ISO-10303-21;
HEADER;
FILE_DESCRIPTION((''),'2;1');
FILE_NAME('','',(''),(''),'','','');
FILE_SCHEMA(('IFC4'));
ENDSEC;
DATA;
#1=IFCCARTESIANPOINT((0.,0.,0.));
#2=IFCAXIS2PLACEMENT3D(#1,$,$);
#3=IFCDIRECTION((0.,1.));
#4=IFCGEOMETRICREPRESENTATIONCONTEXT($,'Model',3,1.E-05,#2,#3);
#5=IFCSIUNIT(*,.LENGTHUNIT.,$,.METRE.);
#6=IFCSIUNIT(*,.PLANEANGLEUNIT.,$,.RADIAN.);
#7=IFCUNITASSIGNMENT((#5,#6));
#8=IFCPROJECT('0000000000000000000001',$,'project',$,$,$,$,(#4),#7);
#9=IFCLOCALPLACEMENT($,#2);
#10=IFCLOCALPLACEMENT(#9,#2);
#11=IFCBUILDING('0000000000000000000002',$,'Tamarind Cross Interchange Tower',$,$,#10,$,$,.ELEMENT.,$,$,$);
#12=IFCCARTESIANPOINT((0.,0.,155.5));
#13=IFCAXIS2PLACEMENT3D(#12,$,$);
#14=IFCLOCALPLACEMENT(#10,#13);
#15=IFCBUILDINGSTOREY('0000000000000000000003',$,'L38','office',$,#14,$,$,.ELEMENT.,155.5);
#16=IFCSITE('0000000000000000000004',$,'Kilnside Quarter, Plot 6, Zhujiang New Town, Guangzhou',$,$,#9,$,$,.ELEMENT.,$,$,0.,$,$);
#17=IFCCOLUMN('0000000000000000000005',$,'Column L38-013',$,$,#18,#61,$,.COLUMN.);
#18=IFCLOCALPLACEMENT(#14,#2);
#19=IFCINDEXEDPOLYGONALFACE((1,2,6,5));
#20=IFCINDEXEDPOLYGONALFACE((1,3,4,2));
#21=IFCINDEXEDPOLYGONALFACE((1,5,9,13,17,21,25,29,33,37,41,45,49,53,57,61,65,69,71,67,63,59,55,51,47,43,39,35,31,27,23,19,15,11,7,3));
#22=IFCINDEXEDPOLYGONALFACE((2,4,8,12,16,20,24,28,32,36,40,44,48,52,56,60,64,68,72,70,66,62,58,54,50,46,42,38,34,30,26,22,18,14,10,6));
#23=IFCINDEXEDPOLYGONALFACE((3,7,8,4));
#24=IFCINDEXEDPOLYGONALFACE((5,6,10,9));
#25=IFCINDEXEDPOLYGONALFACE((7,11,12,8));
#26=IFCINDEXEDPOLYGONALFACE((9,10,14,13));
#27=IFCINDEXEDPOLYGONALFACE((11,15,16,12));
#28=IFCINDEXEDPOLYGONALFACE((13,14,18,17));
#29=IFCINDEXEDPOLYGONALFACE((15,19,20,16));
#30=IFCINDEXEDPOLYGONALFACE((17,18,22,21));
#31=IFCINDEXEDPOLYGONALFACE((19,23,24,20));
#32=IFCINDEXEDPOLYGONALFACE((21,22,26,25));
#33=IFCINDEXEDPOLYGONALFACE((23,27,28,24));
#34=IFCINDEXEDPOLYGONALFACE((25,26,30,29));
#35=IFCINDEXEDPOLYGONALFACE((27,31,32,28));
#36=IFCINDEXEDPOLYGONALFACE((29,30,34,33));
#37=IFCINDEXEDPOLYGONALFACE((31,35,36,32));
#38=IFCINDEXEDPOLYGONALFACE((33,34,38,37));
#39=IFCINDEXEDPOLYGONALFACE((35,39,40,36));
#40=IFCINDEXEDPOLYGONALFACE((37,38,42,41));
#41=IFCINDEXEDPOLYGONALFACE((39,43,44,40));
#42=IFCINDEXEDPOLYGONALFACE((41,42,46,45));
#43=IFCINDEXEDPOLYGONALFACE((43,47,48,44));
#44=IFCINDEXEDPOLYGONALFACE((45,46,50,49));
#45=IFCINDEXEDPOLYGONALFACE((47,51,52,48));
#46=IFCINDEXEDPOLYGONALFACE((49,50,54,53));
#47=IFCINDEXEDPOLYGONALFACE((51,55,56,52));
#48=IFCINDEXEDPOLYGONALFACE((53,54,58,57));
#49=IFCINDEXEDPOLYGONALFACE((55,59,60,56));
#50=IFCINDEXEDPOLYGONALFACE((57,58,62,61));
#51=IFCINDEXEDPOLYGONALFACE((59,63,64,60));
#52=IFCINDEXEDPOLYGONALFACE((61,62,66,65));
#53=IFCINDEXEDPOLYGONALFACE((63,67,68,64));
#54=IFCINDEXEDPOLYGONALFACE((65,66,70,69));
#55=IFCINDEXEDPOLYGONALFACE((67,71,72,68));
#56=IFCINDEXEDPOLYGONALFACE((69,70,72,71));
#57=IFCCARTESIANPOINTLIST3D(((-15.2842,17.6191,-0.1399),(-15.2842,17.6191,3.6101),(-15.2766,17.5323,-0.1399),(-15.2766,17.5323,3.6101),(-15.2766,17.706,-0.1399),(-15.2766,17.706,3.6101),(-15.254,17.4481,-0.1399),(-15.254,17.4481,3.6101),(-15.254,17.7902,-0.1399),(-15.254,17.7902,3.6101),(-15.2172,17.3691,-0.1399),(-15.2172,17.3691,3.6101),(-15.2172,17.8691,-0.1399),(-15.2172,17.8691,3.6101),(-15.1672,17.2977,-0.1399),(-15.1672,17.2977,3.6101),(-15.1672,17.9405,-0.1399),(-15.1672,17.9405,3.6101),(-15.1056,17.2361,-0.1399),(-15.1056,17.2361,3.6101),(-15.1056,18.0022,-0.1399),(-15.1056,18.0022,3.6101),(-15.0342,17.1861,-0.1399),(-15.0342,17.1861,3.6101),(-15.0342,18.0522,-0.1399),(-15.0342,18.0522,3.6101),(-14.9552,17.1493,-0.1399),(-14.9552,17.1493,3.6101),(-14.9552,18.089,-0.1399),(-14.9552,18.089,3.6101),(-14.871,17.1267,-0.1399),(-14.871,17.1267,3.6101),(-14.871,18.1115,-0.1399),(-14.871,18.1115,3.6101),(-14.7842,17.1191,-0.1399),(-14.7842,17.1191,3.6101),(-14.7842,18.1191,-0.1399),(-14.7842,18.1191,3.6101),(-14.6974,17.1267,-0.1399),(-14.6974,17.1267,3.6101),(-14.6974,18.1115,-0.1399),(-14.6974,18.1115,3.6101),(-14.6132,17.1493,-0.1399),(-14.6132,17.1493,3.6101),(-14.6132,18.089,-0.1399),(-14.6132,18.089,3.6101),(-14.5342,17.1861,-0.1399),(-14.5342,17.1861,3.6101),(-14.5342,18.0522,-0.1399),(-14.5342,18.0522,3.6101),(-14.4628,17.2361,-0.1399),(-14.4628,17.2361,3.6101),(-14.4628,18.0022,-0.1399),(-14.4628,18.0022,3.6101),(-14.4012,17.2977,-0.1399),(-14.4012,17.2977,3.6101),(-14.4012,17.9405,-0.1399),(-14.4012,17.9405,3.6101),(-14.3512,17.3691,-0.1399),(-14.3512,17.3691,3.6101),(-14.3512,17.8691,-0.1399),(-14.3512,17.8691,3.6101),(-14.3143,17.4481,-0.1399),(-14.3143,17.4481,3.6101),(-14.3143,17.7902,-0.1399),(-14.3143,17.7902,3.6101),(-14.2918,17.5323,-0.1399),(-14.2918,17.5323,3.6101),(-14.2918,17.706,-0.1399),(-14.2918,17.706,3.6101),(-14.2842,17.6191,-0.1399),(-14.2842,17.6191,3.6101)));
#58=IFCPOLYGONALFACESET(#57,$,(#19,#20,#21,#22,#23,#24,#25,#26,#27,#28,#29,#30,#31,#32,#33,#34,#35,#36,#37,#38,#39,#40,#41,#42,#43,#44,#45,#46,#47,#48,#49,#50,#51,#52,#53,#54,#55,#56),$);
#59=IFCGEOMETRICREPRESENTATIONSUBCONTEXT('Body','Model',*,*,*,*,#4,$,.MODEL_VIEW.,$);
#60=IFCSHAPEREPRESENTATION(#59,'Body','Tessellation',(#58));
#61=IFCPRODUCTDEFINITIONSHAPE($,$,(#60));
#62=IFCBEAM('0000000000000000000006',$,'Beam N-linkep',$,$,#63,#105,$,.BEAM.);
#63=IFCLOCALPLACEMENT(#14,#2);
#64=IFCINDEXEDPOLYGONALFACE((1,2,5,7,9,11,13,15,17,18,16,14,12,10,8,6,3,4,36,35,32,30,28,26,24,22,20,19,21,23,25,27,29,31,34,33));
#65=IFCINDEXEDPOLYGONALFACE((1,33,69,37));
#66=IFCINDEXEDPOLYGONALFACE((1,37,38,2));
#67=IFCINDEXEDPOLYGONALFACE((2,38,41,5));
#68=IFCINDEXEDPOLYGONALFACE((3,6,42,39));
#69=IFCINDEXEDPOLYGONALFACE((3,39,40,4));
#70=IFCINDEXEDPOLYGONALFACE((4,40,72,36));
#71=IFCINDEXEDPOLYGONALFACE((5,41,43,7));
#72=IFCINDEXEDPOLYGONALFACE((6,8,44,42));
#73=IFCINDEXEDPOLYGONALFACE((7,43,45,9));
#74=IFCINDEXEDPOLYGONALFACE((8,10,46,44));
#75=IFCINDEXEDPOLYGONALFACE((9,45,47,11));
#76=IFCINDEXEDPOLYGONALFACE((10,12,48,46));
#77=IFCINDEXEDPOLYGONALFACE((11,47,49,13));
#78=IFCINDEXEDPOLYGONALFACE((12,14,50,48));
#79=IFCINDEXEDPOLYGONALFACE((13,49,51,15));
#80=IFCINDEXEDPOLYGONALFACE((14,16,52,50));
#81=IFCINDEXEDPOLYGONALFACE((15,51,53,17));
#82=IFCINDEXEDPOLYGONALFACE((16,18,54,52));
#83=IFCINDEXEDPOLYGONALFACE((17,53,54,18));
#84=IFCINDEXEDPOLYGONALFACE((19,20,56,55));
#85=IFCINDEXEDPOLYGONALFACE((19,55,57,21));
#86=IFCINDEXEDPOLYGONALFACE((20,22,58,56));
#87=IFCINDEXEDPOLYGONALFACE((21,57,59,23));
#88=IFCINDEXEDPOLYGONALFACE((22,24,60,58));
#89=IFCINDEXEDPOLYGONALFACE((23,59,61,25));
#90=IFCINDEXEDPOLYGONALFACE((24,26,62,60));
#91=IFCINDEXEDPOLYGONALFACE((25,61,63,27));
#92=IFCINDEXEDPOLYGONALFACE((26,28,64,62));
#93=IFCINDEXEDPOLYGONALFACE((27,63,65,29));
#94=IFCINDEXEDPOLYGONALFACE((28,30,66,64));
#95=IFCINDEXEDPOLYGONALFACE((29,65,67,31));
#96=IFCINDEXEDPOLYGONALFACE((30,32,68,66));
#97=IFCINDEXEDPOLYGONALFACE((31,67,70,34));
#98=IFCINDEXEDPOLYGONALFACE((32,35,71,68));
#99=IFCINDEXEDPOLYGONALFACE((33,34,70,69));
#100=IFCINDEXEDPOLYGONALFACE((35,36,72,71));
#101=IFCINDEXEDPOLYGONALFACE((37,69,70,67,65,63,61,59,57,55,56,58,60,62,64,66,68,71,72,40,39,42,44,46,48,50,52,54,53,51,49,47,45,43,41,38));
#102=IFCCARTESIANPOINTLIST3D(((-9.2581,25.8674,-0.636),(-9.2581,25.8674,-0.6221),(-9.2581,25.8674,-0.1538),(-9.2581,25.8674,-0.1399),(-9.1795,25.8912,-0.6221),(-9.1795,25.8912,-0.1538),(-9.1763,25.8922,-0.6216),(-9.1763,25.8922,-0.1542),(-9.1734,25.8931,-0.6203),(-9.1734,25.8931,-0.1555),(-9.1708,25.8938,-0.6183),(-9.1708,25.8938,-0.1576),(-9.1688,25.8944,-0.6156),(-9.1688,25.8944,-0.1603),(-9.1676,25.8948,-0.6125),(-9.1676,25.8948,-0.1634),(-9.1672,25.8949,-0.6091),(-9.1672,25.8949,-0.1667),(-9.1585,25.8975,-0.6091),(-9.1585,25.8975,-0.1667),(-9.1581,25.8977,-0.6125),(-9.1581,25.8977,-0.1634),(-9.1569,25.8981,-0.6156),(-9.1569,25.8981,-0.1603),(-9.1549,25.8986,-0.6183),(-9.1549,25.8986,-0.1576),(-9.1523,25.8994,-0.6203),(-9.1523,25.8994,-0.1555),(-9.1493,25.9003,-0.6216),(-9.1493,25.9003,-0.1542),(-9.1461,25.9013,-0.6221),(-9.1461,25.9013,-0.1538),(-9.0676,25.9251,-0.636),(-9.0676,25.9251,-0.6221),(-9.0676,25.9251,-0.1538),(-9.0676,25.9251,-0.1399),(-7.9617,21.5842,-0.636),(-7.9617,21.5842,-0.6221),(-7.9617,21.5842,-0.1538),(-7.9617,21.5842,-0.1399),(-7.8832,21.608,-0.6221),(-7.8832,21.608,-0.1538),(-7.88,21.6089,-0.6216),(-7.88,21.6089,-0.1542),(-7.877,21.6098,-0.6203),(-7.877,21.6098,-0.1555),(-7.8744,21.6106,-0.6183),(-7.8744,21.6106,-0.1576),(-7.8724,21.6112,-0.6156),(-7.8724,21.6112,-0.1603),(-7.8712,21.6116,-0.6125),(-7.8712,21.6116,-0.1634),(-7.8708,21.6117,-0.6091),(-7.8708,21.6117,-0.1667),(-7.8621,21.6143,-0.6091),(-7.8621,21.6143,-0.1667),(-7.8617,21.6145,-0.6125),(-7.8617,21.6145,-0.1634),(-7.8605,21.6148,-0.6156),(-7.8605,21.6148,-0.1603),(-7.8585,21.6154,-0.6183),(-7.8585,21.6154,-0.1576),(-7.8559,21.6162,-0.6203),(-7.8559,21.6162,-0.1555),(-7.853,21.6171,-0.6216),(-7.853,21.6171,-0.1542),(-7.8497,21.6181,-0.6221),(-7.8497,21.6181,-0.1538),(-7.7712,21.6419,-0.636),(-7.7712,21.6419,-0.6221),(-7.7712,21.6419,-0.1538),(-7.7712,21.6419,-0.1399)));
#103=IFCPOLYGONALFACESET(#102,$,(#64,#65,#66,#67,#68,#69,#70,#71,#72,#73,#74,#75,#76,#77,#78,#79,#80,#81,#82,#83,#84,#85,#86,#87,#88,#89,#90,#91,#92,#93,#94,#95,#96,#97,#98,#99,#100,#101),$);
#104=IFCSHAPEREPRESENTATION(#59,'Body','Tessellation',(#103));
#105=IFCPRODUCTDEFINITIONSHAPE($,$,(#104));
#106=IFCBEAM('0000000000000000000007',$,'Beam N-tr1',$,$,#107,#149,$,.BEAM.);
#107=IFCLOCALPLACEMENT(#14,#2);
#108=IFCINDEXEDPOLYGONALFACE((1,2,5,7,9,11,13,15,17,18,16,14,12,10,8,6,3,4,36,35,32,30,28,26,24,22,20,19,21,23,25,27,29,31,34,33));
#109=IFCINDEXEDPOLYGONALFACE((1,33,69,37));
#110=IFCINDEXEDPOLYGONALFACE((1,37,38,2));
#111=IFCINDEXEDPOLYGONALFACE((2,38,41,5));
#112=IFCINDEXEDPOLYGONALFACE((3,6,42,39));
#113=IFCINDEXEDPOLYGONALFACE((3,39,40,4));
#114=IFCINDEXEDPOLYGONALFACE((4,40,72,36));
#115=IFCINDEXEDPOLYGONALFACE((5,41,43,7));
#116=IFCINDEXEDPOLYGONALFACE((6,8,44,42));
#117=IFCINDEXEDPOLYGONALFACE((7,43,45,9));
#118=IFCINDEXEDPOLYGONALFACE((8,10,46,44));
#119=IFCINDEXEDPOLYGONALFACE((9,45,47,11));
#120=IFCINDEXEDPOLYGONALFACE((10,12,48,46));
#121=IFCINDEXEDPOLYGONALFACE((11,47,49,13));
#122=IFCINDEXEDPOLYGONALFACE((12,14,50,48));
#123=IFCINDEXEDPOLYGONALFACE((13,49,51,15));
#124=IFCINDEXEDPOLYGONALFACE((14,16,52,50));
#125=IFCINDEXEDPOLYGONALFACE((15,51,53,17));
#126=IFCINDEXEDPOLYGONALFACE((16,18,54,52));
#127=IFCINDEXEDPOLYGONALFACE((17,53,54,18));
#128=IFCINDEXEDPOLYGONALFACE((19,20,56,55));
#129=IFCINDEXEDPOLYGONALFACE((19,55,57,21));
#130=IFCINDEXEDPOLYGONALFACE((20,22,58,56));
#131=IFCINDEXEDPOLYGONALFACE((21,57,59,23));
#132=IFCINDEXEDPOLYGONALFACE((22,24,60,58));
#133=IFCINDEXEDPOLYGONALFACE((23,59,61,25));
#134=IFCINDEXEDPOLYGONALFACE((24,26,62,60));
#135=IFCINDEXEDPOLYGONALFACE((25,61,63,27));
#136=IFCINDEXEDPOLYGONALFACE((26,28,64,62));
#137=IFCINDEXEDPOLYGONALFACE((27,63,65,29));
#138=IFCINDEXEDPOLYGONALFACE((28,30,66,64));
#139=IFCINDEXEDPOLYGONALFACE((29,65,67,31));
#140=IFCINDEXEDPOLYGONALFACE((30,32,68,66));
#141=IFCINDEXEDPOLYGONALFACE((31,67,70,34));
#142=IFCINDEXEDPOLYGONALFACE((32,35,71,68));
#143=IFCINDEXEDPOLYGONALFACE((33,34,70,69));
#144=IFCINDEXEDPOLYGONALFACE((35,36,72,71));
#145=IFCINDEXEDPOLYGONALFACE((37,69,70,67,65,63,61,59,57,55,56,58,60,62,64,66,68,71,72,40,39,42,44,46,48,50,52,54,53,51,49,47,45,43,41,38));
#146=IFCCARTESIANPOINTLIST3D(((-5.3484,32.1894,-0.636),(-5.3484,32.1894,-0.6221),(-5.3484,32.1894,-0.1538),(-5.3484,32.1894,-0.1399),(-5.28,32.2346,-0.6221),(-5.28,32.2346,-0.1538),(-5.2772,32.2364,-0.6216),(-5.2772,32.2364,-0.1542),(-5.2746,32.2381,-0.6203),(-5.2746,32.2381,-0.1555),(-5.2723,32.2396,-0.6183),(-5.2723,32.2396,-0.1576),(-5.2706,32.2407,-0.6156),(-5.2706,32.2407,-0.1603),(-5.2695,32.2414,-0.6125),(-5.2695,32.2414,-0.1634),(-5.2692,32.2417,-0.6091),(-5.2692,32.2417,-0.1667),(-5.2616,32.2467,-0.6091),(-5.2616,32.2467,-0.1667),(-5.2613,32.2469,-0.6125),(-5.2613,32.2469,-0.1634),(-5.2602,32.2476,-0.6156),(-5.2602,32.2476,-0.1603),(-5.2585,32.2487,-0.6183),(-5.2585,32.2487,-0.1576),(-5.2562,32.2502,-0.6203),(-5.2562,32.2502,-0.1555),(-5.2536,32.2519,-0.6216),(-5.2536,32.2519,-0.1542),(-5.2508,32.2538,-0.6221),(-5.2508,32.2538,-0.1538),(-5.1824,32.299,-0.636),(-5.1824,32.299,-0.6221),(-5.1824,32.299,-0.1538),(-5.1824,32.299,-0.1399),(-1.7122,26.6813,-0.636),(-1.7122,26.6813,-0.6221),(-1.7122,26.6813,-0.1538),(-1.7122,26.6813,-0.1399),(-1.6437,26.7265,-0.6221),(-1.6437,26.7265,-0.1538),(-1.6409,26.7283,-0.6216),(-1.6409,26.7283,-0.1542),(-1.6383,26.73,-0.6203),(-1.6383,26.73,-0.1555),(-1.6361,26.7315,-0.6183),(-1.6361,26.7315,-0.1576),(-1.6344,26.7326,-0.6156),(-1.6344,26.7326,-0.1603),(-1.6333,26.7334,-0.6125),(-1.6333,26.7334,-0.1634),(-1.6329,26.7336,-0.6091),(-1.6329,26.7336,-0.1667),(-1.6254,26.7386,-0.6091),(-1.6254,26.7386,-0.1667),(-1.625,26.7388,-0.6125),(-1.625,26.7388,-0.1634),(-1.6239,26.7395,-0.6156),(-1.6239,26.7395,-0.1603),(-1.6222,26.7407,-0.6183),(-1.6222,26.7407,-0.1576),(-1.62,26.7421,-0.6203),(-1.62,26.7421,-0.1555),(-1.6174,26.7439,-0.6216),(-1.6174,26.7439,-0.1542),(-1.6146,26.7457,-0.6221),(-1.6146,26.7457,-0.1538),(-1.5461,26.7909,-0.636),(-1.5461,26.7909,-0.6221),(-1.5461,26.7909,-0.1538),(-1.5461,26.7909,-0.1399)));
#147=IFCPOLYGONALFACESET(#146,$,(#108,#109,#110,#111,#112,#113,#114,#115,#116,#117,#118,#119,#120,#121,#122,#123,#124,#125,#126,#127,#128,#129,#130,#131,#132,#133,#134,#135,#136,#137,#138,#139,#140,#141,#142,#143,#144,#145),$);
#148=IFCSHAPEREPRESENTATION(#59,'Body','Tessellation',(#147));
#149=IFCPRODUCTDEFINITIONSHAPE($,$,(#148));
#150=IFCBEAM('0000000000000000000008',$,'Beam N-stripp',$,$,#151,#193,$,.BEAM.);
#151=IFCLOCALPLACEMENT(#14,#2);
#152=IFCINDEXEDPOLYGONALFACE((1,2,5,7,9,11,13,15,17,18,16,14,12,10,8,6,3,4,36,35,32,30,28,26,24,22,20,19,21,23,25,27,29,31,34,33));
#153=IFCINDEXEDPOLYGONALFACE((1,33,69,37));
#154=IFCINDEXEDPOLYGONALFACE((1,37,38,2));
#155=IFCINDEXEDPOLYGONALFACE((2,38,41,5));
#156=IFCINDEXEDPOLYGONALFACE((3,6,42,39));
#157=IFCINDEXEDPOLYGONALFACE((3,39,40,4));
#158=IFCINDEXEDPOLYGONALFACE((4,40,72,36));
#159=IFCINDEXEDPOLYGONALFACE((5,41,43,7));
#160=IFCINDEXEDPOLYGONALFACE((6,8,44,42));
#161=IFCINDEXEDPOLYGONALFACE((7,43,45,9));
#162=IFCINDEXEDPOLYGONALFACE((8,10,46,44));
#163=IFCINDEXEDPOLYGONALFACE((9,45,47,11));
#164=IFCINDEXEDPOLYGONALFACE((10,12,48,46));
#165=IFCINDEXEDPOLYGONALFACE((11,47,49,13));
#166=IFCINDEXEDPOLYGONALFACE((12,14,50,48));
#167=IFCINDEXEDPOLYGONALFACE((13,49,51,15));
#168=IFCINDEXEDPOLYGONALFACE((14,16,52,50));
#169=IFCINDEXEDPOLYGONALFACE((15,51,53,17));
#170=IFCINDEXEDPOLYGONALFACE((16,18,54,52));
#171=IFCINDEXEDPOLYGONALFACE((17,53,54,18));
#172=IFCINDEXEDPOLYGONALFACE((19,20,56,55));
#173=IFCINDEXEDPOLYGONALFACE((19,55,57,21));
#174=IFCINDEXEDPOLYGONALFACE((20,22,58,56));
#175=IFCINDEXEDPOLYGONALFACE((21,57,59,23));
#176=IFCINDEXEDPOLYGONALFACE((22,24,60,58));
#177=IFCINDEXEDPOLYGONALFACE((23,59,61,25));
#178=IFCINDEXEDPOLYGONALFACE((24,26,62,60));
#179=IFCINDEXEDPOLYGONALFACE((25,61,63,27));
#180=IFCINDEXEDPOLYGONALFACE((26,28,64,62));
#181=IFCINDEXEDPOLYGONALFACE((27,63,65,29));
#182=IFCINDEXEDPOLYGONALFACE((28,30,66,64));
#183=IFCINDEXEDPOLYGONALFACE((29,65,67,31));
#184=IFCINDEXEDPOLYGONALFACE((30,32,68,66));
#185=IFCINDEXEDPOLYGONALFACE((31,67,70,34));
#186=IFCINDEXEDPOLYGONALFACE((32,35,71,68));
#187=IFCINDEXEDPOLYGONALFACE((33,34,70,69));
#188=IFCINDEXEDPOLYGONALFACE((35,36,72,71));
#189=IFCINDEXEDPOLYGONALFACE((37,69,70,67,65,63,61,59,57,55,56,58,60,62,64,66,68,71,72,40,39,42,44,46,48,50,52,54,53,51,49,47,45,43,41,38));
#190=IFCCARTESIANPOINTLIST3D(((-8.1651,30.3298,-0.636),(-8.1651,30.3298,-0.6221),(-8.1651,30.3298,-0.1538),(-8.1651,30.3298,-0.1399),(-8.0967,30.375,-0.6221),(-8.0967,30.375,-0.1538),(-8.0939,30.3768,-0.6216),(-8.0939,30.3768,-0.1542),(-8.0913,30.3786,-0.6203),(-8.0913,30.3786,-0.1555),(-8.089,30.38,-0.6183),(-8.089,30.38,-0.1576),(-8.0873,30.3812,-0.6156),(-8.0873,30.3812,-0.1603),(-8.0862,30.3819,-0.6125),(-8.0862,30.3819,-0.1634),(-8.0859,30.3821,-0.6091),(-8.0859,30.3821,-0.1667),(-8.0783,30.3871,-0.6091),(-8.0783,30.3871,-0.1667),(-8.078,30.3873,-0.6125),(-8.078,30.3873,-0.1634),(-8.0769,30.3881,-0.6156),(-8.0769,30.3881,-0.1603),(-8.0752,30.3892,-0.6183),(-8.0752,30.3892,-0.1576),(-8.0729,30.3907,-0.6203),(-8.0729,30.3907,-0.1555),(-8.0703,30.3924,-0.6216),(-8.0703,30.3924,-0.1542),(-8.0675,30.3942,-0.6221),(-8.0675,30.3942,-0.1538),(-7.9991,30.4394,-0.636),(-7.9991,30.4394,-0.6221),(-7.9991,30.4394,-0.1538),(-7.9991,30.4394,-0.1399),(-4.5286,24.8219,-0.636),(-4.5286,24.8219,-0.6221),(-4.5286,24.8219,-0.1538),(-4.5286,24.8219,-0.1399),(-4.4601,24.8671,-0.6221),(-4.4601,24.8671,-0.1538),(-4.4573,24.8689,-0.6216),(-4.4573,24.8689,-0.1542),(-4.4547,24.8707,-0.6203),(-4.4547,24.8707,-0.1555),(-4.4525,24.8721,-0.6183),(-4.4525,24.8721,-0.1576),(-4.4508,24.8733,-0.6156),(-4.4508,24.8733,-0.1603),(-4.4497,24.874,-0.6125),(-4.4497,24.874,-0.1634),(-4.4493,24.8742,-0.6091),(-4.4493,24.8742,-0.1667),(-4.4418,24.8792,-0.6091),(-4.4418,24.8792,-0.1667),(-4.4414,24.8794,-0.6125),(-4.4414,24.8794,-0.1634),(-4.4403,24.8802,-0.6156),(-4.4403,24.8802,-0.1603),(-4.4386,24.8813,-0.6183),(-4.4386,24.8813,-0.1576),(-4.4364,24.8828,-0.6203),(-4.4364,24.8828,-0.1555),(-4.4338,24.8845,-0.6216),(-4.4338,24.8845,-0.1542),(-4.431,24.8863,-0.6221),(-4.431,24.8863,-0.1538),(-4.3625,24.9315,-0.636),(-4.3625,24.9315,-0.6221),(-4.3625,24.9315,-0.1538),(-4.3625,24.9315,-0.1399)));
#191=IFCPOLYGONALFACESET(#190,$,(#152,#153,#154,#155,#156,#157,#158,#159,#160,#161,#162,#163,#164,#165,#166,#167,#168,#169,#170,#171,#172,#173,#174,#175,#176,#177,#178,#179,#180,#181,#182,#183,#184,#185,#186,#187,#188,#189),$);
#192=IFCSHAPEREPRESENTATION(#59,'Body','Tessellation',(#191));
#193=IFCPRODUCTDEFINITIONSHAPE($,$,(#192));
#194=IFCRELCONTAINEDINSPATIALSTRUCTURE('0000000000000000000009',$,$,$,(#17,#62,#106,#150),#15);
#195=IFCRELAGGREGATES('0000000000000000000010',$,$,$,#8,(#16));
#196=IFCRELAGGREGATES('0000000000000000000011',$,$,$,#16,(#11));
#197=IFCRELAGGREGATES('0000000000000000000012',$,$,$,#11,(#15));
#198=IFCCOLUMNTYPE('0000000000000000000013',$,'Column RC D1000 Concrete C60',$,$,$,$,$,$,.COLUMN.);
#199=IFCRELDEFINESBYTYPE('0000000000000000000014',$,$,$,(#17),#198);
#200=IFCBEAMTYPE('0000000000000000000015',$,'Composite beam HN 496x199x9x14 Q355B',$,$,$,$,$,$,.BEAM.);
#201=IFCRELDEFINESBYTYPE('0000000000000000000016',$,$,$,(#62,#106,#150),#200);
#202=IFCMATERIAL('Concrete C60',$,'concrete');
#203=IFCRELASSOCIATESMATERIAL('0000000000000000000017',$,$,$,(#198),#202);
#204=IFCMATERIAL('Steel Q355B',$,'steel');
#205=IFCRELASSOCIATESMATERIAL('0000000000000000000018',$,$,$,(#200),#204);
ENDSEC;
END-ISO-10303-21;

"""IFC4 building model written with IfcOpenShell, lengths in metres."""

from ifc_helpers import new_model, si_unit, direction, frame, origin, origin_2d, place, context, subcontext, project, spatial, circle, i_section, extrude, material, material_profile, profile_set, type_object, element, save


model = new_model("IFC4")

# Units and contexts
model_context = context("Model", 3, precision=1e-05, world=origin(), true_north=direction((0.0, 1.0)))
body_context = subcontext(model_context, "Body", "Model", "MODEL_VIEW")
ifc_project = project(units=[si_unit("LENGTHUNIT", "METRE"), si_unit("PLANEANGLEUNIT", "RADIAN")], contexts=[model_context])

# Site, building, storey
site_placement = place(None, origin())
site = spatial("IfcSite", under=ifc_project, at=site_placement, Name="Kilnside Quarter, Plot 6, Zhujiang New Town, Guangzhou", CompositionType="ELEMENT", RefElevation=0.0)
building_placement = place(site_placement, origin())
building = spatial("IfcBuilding", under=site, at=building_placement, Name="Tamarind Cross Interchange Tower", CompositionType="ELEMENT")
storey_placement = place(building_placement, frame((0.0, 0.0, 155.5)))
storey = spatial("IfcBuildingStorey", under=building, at=storey_placement, Name="L38", Description="office", CompositionType="ELEMENT", Elevation=155.5)

# Column
ifc_material_1 = material(Name="Concrete C60", Category="concrete")
ifc_material_profile_1 = material_profile(ifc_material_1, circle(Radius=0.5, at=origin_2d()), Name="RC D1000")
ifc_profile_set_1 = profile_set([ifc_material_profile_1], Name="Concrete C60")
column_type_1 = type_object("IfcColumnType", Name="Column RC D1000 Concrete C60", PredefinedType="COLUMN", material=ifc_profile_set_1)
for number, where, z_axis, x_axis, name in (
    (1, (-14.7842, 17.6191, -0.1399), (0.0, 0.0, 1.0), (1.0, 0.0, 0.0), "Column L38-013"),
):
    element("IfcColumn", number, at=place(storey_placement, frame(where, z_axis=z_axis, x_axis=x_axis)), inside=storey, type_object=column_type_1, Name=name, PredefinedType="COLUMN", context=body_context, shape_type="SweptSolid", body=[
        extrude(circle(Radius=0.5, at=origin_2d()), origin(), (0.0, 0.0, 1.0), 3.75),
    ])

# Beams
ifc_material_2 = material(Name="Steel Q355B", Category="steel")
ifc_material_profile_2 = material_profile(ifc_material_2, i_section(OverallWidth=0.199, OverallDepth=0.4961, WebThickness=0.009, FlangeThickness=0.0139, FilletRadius=0.0129, at=origin_2d()), Name="HN 496x199x9x14")
ifc_profile_set_2 = profile_set([ifc_material_profile_2], Name="Steel Q355B")
beam_type_1 = type_object("IfcBeamType", Name="Composite beam HN 496x199x9x14 Q355B", PredefinedType="BEAM", material=ifc_profile_set_2)
beam_1_placement = place(storey_placement, frame((-9.1628, 25.8962, -0.3879), z_axis=(0.289689, -0.957121, 0.0), x_axis=(0.957121, 0.289689, 0.0)))
element("IfcBeam", 2, at=beam_1_placement, inside=storey, type_object=beam_type_1, Name="Beam N-linkep", PredefinedType="BEAM", context=body_context, shape_type="SweptSolid", body=[
    extrude(i_section(OverallWidth=0.199, OverallDepth=0.4961, WebThickness=0.009, FlangeThickness=0.0139, FilletRadius=0.0129, at=origin_2d()), origin(), (0.0, 0.0, 1.0), 4.4751),
])
for number, where, z_axis, x_axis, name in (
    (3, (-1.6292, 26.7361, -0.3879), (-0.550939, 0.834546, 0.0), (-0.834546, -0.550939, 0.0), "Beam N-tr1"),
    (4, (-4.4456, 24.8767, -0.3879), (-0.550981, 0.834518, 0.0), (-0.834518, -0.550981, 0.0), "Beam N-stripp"),
):
    element("IfcBeam", number, at=place(storey_placement, frame(where, z_axis=z_axis, x_axis=x_axis)), inside=storey, type_object=beam_type_1, Name=name, PredefinedType="BEAM", context=body_context, shape_type="SweptSolid", body=[
        extrude(i_section(OverallWidth=0.199, OverallDepth=0.4961, WebThickness=0.009, FlangeThickness=0.0139, FilletRadius=0.0129, at=origin_2d()), origin(), (0.0, 0.0, 1.0), 6.6001),
    ])

save(model, "model.ifc")
